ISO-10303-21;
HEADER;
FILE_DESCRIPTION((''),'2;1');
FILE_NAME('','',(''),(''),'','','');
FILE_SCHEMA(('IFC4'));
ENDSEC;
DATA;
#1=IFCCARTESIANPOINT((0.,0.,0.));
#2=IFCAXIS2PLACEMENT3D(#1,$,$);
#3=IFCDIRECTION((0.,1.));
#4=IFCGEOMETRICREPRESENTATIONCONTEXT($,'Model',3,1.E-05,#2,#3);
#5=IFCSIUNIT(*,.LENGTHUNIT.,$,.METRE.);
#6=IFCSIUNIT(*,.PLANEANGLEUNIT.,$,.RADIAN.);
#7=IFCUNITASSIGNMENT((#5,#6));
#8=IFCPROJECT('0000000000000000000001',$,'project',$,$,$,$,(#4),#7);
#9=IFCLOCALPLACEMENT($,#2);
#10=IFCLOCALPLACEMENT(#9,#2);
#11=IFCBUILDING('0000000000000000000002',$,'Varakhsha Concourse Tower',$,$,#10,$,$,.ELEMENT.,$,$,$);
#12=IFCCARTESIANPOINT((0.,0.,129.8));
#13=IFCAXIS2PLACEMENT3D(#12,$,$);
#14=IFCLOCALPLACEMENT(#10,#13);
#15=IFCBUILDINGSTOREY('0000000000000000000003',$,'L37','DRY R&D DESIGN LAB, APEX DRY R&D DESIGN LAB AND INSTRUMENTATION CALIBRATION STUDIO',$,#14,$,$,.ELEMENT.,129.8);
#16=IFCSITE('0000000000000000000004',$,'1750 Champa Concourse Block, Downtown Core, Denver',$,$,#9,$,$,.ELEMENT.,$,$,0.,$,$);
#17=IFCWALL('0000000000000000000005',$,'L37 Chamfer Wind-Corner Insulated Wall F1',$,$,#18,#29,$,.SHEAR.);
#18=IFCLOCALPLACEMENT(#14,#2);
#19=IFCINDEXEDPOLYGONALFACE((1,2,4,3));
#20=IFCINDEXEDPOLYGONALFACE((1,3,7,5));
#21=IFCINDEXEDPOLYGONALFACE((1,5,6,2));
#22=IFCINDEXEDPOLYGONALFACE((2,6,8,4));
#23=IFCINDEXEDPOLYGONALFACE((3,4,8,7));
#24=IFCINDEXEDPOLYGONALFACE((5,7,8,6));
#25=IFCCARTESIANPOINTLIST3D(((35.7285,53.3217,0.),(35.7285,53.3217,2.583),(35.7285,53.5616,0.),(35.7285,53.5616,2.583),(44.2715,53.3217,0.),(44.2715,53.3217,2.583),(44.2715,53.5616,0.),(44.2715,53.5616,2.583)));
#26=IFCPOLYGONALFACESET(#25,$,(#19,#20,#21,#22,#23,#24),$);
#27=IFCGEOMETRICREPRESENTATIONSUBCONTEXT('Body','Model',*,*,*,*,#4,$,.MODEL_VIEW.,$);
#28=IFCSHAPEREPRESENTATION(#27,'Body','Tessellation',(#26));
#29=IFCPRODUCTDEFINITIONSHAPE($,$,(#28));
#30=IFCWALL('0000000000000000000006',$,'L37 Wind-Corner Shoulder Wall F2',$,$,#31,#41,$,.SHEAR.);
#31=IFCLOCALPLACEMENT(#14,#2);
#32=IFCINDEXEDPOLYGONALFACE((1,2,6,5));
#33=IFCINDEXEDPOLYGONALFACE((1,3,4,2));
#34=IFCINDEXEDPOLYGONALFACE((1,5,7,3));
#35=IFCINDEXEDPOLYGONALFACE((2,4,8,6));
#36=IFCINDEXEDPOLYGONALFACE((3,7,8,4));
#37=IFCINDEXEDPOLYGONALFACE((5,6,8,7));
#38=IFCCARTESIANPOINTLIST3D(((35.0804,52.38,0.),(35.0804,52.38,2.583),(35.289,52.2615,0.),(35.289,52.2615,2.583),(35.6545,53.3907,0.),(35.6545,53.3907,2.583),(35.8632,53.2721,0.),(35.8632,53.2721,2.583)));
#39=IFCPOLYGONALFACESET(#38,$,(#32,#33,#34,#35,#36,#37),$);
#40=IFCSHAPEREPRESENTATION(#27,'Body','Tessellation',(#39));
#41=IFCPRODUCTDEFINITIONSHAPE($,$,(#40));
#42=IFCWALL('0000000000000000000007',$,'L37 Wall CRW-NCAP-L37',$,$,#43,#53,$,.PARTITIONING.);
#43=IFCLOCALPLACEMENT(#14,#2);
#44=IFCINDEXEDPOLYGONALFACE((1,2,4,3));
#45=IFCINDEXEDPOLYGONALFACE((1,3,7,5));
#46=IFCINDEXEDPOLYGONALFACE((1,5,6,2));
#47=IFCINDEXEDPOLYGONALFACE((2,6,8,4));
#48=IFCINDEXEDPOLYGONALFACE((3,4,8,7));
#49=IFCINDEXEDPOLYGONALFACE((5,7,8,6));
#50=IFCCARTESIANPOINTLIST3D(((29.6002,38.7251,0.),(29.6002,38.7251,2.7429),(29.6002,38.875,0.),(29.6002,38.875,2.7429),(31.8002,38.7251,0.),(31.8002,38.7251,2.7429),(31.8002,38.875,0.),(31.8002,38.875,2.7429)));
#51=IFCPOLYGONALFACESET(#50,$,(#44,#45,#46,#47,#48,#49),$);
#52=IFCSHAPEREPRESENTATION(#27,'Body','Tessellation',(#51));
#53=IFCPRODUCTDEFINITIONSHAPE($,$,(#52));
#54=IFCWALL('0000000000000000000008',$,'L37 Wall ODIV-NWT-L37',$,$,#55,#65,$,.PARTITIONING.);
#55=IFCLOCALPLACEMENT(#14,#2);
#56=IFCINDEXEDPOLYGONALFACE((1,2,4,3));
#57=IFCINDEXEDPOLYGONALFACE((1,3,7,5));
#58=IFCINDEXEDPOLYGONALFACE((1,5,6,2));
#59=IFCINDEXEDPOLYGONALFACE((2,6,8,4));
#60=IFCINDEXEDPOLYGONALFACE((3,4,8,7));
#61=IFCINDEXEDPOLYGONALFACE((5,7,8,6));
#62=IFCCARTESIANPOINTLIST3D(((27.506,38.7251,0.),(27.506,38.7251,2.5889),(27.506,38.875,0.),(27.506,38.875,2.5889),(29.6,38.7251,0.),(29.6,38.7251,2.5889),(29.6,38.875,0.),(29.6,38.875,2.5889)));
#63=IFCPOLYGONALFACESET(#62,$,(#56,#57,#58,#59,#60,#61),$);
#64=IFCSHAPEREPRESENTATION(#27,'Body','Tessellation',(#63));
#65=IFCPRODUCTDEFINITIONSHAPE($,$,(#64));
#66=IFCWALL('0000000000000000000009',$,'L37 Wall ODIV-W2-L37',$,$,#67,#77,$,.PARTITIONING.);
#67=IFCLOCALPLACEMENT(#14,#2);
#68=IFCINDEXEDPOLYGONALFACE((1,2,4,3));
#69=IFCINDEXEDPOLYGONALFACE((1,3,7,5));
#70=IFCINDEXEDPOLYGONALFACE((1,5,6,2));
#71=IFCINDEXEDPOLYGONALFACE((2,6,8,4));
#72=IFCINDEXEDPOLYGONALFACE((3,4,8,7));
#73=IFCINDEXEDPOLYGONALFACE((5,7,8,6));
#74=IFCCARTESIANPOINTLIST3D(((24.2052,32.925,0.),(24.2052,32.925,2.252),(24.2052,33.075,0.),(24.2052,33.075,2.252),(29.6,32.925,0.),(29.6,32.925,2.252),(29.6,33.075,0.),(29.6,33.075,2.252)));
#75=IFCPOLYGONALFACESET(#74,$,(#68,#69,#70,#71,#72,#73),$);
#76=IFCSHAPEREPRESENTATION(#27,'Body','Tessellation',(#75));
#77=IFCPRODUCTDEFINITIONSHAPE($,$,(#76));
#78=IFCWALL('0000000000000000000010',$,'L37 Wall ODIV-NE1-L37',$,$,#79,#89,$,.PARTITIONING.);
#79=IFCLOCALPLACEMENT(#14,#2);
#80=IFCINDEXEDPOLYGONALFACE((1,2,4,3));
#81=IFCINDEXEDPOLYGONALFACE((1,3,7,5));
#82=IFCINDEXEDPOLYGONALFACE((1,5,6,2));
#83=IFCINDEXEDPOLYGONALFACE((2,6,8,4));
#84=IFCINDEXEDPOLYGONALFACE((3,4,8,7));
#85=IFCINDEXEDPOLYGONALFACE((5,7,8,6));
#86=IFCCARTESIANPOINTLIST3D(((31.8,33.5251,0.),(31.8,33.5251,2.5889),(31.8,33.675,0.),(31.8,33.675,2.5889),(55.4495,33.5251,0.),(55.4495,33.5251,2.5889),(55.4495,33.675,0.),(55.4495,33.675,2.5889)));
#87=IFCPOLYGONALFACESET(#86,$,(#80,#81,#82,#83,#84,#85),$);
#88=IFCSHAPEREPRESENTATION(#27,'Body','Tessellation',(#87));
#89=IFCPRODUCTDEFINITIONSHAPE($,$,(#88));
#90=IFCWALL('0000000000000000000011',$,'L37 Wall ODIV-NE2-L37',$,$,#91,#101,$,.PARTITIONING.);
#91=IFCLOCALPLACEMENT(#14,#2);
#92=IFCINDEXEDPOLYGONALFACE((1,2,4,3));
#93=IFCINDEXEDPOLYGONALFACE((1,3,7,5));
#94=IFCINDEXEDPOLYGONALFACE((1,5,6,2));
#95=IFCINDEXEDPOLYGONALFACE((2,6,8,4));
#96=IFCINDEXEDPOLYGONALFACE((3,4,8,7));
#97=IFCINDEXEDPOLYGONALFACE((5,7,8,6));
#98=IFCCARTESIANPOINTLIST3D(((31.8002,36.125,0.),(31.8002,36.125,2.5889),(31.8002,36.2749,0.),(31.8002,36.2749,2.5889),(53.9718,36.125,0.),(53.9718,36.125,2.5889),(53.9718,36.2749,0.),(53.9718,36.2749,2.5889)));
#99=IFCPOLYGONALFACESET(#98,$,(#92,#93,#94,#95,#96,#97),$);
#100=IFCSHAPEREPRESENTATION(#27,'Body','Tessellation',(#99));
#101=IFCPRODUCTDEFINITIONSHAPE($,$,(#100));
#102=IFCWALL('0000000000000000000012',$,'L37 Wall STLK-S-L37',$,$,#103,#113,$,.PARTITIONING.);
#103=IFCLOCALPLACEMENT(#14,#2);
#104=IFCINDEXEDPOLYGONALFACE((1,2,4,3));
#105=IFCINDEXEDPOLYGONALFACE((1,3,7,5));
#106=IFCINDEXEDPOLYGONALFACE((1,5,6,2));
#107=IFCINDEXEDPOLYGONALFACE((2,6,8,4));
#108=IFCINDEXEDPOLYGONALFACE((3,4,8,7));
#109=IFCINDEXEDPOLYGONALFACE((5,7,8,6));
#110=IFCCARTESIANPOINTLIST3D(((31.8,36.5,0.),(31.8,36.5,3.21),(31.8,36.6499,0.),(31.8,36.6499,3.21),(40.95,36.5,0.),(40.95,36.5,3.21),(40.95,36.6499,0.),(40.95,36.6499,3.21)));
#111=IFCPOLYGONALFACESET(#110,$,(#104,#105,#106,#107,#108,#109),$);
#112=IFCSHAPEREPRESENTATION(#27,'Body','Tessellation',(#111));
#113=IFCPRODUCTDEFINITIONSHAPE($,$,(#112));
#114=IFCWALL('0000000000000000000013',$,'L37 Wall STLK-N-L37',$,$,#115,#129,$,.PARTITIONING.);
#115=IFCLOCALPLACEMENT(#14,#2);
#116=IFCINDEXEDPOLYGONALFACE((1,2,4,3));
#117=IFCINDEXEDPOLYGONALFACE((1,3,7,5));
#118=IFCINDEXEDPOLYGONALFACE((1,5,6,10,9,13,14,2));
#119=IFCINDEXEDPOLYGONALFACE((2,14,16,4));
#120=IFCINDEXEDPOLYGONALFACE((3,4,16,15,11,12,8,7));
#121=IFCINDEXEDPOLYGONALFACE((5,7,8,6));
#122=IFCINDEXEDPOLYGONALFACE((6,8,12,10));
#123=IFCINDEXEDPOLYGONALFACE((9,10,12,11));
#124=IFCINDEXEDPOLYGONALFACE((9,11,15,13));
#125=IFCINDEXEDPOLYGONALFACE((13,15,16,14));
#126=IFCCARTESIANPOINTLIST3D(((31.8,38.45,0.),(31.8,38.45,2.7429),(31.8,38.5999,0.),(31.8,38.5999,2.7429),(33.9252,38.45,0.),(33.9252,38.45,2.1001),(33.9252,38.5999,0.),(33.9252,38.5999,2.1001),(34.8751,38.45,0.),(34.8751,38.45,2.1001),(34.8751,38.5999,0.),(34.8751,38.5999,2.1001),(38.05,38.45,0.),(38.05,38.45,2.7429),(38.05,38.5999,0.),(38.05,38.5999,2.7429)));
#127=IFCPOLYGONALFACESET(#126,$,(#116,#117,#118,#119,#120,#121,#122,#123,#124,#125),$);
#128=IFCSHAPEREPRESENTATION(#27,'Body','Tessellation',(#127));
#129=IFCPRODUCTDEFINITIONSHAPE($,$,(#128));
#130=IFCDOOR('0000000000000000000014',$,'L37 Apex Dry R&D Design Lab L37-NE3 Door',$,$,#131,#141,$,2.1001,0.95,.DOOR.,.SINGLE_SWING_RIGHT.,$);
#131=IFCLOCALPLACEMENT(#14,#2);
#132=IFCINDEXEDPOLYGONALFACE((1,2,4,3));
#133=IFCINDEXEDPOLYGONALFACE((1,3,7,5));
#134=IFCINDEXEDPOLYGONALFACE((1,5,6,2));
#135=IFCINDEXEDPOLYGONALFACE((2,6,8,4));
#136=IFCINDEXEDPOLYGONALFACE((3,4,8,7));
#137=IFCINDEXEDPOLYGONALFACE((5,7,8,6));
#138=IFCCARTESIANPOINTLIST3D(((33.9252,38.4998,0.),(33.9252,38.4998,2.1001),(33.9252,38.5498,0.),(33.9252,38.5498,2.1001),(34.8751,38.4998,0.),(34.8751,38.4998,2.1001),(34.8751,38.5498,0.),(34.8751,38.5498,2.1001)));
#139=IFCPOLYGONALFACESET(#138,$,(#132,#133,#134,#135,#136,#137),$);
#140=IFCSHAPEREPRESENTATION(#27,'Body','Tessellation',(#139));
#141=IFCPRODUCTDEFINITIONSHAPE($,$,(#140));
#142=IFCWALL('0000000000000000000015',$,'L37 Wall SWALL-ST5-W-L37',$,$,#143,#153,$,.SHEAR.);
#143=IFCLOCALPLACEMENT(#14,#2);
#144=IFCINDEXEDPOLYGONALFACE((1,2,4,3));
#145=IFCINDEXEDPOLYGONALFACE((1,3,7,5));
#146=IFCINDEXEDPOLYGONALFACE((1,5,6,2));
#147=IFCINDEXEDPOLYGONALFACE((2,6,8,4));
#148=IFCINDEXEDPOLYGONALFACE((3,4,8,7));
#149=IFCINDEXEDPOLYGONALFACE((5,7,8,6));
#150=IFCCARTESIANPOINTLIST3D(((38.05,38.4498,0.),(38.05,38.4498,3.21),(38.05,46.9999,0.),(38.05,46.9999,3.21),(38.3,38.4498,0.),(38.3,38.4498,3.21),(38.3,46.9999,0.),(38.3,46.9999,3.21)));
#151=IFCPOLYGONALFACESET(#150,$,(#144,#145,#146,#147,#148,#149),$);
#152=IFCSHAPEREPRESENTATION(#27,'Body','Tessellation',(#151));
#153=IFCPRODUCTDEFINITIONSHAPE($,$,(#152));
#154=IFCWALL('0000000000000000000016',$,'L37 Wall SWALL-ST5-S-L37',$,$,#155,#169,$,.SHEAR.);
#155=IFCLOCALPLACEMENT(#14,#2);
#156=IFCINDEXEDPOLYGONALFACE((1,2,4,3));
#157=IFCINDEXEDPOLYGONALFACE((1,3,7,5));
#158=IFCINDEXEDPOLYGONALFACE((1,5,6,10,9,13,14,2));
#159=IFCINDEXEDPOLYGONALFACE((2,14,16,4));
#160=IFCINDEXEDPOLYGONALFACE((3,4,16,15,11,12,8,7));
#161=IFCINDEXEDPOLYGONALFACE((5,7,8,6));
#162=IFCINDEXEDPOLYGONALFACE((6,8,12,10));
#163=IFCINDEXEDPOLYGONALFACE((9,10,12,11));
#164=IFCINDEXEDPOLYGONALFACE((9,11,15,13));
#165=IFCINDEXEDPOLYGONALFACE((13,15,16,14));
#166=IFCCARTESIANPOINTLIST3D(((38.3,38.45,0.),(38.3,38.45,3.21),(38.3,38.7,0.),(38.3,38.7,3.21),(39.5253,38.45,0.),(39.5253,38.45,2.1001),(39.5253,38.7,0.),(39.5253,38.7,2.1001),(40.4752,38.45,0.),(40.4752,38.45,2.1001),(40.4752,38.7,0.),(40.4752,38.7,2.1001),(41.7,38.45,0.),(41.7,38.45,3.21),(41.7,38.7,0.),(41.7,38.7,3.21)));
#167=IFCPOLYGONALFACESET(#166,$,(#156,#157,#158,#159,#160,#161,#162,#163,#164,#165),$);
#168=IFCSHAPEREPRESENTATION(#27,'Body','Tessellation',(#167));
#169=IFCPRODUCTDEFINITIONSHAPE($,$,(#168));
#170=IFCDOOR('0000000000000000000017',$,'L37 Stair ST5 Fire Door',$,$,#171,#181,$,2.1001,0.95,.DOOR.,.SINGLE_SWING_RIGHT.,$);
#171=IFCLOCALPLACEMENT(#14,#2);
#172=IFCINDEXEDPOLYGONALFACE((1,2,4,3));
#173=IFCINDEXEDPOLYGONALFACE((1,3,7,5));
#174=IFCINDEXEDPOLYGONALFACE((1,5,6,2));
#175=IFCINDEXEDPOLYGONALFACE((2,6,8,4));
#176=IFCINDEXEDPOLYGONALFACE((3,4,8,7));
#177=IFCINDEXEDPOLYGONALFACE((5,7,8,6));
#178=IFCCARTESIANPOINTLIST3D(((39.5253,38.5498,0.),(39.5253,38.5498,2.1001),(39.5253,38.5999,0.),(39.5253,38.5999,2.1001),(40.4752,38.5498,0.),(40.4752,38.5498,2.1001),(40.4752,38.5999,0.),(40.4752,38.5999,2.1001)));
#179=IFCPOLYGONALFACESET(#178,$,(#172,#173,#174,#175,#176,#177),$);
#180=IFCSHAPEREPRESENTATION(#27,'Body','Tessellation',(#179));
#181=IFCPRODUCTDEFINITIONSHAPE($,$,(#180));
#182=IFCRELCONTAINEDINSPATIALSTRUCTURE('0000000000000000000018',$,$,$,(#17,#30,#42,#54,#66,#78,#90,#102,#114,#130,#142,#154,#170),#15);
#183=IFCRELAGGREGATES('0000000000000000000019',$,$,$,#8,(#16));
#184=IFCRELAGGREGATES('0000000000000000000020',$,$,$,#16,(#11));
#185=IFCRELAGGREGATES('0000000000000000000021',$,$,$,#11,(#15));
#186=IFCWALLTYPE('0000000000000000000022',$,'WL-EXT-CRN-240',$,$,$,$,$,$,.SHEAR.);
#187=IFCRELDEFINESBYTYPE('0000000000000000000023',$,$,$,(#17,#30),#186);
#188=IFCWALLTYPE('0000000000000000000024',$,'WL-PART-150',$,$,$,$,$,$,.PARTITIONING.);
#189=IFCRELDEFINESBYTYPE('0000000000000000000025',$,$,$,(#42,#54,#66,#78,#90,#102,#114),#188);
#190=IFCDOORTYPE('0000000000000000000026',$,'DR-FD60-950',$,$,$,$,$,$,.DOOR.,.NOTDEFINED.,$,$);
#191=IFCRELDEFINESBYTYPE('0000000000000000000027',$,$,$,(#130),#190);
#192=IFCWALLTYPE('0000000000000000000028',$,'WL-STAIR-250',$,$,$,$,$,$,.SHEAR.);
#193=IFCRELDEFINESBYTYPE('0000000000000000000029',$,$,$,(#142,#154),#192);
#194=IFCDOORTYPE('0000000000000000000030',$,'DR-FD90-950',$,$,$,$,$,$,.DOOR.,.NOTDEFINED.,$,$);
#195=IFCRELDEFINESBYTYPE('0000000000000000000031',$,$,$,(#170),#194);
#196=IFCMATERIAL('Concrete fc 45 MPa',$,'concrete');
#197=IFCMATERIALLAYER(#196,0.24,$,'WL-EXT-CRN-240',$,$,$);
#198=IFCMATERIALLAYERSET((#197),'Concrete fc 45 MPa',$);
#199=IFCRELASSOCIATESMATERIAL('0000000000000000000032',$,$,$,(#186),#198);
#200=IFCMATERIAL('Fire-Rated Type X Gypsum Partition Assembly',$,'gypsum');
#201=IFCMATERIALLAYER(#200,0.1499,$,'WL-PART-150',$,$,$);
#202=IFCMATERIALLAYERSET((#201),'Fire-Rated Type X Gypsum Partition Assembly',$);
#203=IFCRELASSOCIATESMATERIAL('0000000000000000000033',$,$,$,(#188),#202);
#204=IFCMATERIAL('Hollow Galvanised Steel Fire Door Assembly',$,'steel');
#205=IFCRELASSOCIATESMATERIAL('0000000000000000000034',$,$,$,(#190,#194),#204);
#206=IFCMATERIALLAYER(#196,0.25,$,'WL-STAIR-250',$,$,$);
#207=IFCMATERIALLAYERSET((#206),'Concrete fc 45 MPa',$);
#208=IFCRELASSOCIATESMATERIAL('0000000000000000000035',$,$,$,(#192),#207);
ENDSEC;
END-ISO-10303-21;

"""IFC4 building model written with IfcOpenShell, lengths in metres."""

from ifc_helpers import new_model, si_unit, direction, frame, frame_2d, origin, place, context, subcontext, project, spatial, rectangle, extrude, material, layer, layer_set, type_object, element, fill, save


model = new_model("IFC4")

# Units and contexts
model_context = context("Model", 3, precision=1e-05, world=origin(), true_north=direction((0.0, 1.0)))
body_context = subcontext(model_context, "Body", "Model", "MODEL_VIEW")
ifc_project = project(units=[si_unit("LENGTHUNIT", "METRE"), si_unit("PLANEANGLEUNIT", "RADIAN")], contexts=[model_context])

# Site, building, storey
site_placement = place(None, origin())
site = spatial("IfcSite", under=ifc_project, at=site_placement, Name="1750 Champa Concourse Block, Downtown Core, Denver", CompositionType="ELEMENT", RefElevation=0.0)
building_placement = place(site_placement, origin())
building = spatial("IfcBuilding", under=site, at=building_placement, Name="Varakhsha Concourse Tower", CompositionType="ELEMENT")
storey_placement = place(building_placement, frame((0.0, 0.0, 129.8)))
storey = spatial("IfcBuildingStorey", under=building, at=storey_placement, Name="L37", Description="DRY R&D DESIGN LAB, APEX DRY R&D DESIGN LAB AND INSTRUMENTATION CALIBRATION STUDIO", CompositionType="ELEMENT", Elevation=129.8)

# Walls
ifc_material_1 = material(Name="Concrete fc 45 MPa", Category="concrete")
ifc_layer_1 = layer(ifc_material_1, 0.24, Name="WL-EXT-CRN-240")
ifc_layer_set_1 = layer_set([ifc_layer_1], Name="Concrete fc 45 MPa")
wall_type_1 = type_object("IfcWallType", Name="WL-EXT-CRN-240", PredefinedType="SHEAR", material=ifc_layer_set_1)
wall_1_placement = place(storey_placement, frame((35.7285, 53.4417, 0.0), z_axis=(0.0, 0.0, 1.0), x_axis=(1.0, 0.0, 0.0)))
element("IfcWall", 1, at=wall_1_placement, inside=storey, type_object=wall_type_1, Name="L37 Chamfer Wind-Corner Insulated Wall F1", PredefinedType="SHEAR", context=body_context, shape_type="SweptSolid", body=[
    extrude(rectangle(XDim=8.543, YDim=0.24, at=frame_2d((4.2715, 0.0))), origin(), (0.0, 0.0, 1.0), 2.583),
])
wall_2_placement = place(storey_placement, frame((35.7588, 53.3313, 0.0), z_axis=(0.0, 0.0, 1.0), x_axis=(-0.493966, -0.869481, 0.0)))
element("IfcWall", 2, at=wall_2_placement, inside=storey, type_object=wall_type_1, Name="L37 Wind-Corner Shoulder Wall F2", PredefinedType="SHEAR", context=body_context, shape_type="SweptSolid", body=[
    extrude(rectangle(XDim=1.1624, YDim=0.24, at=frame_2d((0.5811, 0.0))), origin(), (0.0, 0.0, 1.0), 2.583),
])
ifc_material_2 = material(Name="Fire-Rated Type X Gypsum Partition Assembly", Category="gypsum")
ifc_layer_2 = layer(ifc_material_2, 0.1499, Name="WL-PART-150")
ifc_layer_set_2 = layer_set([ifc_layer_2], Name="Fire-Rated Type X Gypsum Partition Assembly")
wall_type_2 = type_object("IfcWallType", Name="WL-PART-150", PredefinedType="PARTITIONING", material=ifc_layer_set_2)
wall_3_placement = place(storey_placement, frame((29.6001, 38.8, 0.0), z_axis=(0.0, 0.0, 1.0), x_axis=(1.0, 0.0, 0.0)))
element("IfcWall", 3, at=wall_3_placement, inside=storey, type_object=wall_type_2, Name="L37 Wall CRW-NCAP-L37", PredefinedType="PARTITIONING", context=body_context, shape_type="SweptSolid", body=[
    extrude(rectangle(XDim=2.2, YDim=0.1499, at=frame_2d((1.1001, 0.0))), origin(), (0.0, 0.0, 1.0), 2.7429),
])
wall_4_placement = place(storey_placement, frame((27.5061, 38.8, 0.0), z_axis=(0.0, 0.0, 1.0), x_axis=(1.0, 0.0, 0.0)))
element("IfcWall", 4, at=wall_4_placement, inside=storey, type_object=wall_type_2, Name="L37 Wall ODIV-NWT-L37", PredefinedType="PARTITIONING", context=body_context, shape_type="SweptSolid", body=[
    extrude(rectangle(XDim=2.094, YDim=0.1499, at=frame_2d((1.0469, 0.0))), origin(), (0.0, 0.0, 1.0), 2.5889),
])
wall_5_placement = place(storey_placement, frame((24.2053, 33.0, 0.0), z_axis=(0.0, 0.0, 1.0), x_axis=(1.0, 0.0, 0.0)))
element("IfcWall", 5, at=wall_5_placement, inside=storey, type_object=wall_type_2, Name="L37 Wall ODIV-W2-L37", PredefinedType="PARTITIONING", context=body_context, shape_type="SweptSolid", body=[
    extrude(rectangle(XDim=5.3948, YDim=0.1499, at=frame_2d((2.6973, 0.0))), origin(), (0.0, 0.0, 1.0), 2.252),
])
wall_6_placement = place(storey_placement, frame((31.8, 33.6001, 0.0), z_axis=(0.0, 0.0, 1.0), x_axis=(1.0, 0.0, 0.0)))
element("IfcWall", 6, at=wall_6_placement, inside=storey, type_object=wall_type_2, Name="L37 Wall ODIV-NE1-L37", PredefinedType="PARTITIONING", context=body_context, shape_type="SweptSolid", body=[
    extrude(rectangle(XDim=23.6494, YDim=0.1499, at=frame_2d((11.8247, 0.0))), origin(), (0.0, 0.0, 1.0), 2.5889),
])
wall_7_placement = place(storey_placement, frame((31.8, 36.2, 0.0), z_axis=(0.0, 0.0, 1.0), x_axis=(1.0, 0.0, 0.0)))
element("IfcWall", 7, at=wall_7_placement, inside=storey, type_object=wall_type_2, Name="L37 Wall ODIV-NE2-L37", PredefinedType="PARTITIONING", context=body_context, shape_type="SweptSolid", body=[
    extrude(rectangle(XDim=22.1716, YDim=0.1499, at=frame_2d((11.0859, 0.0))), origin(), (0.0, 0.0, 1.0), 2.5889),
])
wall_8_placement = place(storey_placement, frame((31.8, 36.575, 0.0), z_axis=(0.0, 0.0, 1.0), x_axis=(1.0, 0.0, 0.0)))
element("IfcWall", 8, at=wall_8_placement, inside=storey, type_object=wall_type_2, Name="L37 Wall STLK-S-L37", PredefinedType="PARTITIONING", context=body_context, shape_type="SweptSolid", body=[
    extrude(rectangle(XDim=9.1499, YDim=0.1499, at=frame_2d((4.575, 0.0))), origin(), (0.0, 0.0, 1.0), 3.21),
])

# Wall, opening, door
wall_9_placement = place(storey_placement, frame((31.8, 38.5249, 0.0), z_axis=(0.0, 0.0, 1.0), x_axis=(1.0, 0.0, 0.0)))
wall_9 = element("IfcWall", 9, at=wall_9_placement, inside=storey, type_object=wall_type_2, Name="L37 Wall STLK-N-L37", PredefinedType="PARTITIONING", context=body_context, shape_type="SweptSolid", body=[
    extrude(rectangle(XDim=6.25, YDim=0.1499, at=frame_2d((3.125, 0.0))), origin(), (0.0, 0.0, 1.0), 2.7429),
])
opening_1_placement = place(wall_9_placement, frame((2.125, 0.0, 0.0)))
opening_1 = element("IfcOpeningElement", 10, at=opening_1_placement, cuts=wall_9, PredefinedType="OPENING", context=body_context, shape_type="SweptSolid", body=[
    extrude(rectangle(XDim=0.95, YDim=2.1001, at=frame_2d((0.4751, 1.05))), frame((0.0, 0.085, 0.0), z_axis=(0.0, -1.0, 0.0), x_axis=(1.0, 0.0, 0.0)), (0.0, 0.0, 1.0), 0.1699),
])
ifc_material_3 = material(Name="Hollow Galvanised Steel Fire Door Assembly", Category="steel")
door_type_1 = type_object("IfcDoorType", Name="DR-FD60-950", OperationType="NOTDEFINED", PredefinedType="DOOR", material=ifc_material_3)
door_1_placement = place(opening_1_placement, origin())
door_1 = element("IfcDoor", 11, at=door_1_placement, inside=storey, type_object=door_type_1, Name="L37 Apex Dry R&D Design Lab L37-NE3 Door", OperationType="SINGLE_SWING_RIGHT", OverallHeight=2.1001, OverallWidth=0.95, PredefinedType="DOOR", context=body_context, shape_type="SweptSolid", body=[
    extrude(rectangle(XDim=0.95, YDim=2.1001, at=frame_2d((0.4751, 1.05))), frame((0.0, 0.0249, 0.0), z_axis=(0.0, -1.0, 0.0), x_axis=(1.0, 0.0, 0.0)), (0.0, 0.0, 1.0), 0.05),
])
fill(opening_1, door_1)

# Wall
ifc_layer_3 = layer(ifc_material_1, 0.25, Name="WL-STAIR-250")
ifc_layer_set_3 = layer_set([ifc_layer_3], Name="Concrete fc 45 MPa")
wall_type_3 = type_object("IfcWallType", Name="WL-STAIR-250", PredefinedType="SHEAR", material=ifc_layer_set_3)
wall_10_placement = place(storey_placement, frame((38.175, 38.45, 0.0), z_axis=(0.0, 0.0, 1.0), x_axis=(0.0, 1.0, 0.0)))
element("IfcWall", 12, at=wall_10_placement, inside=storey, type_object=wall_type_3, Name="L37 Wall SWALL-ST5-W-L37", PredefinedType="SHEAR", context=body_context, shape_type="SweptSolid", body=[
    extrude(rectangle(XDim=8.55, YDim=0.25, at=frame_2d((4.2749, 0.0))), origin(), (0.0, 0.0, 1.0), 3.21),
])

# Wall, opening, door
wall_11_placement = place(storey_placement, frame((38.3, 38.575, 0.0), z_axis=(0.0, 0.0, 1.0), x_axis=(1.0, 0.0, 0.0)))
wall_11 = element("IfcWall", 13, at=wall_11_placement, inside=storey, type_object=wall_type_3, Name="L37 Wall SWALL-ST5-S-L37", PredefinedType="SHEAR", context=body_context, shape_type="SweptSolid", body=[
    extrude(rectangle(XDim=3.3999, YDim=0.25, at=frame_2d((1.7, 0.0))), origin(), (0.0, 0.0, 1.0), 3.21),
])
opening_2_placement = place(wall_11_placement, frame((1.2251, 0.0, 0.0)))
opening_2 = element("IfcOpeningElement", 14, at=opening_2_placement, cuts=wall_11, PredefinedType="OPENING", context=body_context, shape_type="SweptSolid", body=[
    extrude(rectangle(XDim=0.95, YDim=2.1001, at=frame_2d((0.4751, 1.05))), frame((0.0, 0.135, 0.0), z_axis=(0.0, -1.0, 0.0), x_axis=(1.0, 0.0, 0.0)), (0.0, 0.0, 1.0), 0.27),
])
door_type_2 = type_object("IfcDoorType", Name="DR-FD90-950", OperationType="NOTDEFINED", PredefinedType="DOOR", material=ifc_material_3)
door_2_placement = place(opening_2_placement, origin())
door_2 = element("IfcDoor", 15, at=door_2_placement, inside=storey, type_object=door_type_2, Name="L37 Stair ST5 Fire Door", OperationType="SINGLE_SWING_RIGHT", OverallHeight=2.1001, OverallWidth=0.95, PredefinedType="DOOR", context=body_context, shape_type="SweptSolid", body=[
    extrude(rectangle(XDim=0.95, YDim=2.1001, at=frame_2d((0.4751, 1.05))), frame((0.0, 0.0249, 0.0), z_axis=(0.0, -1.0, 0.0), x_axis=(1.0, 0.0, 0.0)), (0.0, 0.0, 1.0), 0.05),
])
fill(opening_2, door_2)

save(model, "model.ifc")
